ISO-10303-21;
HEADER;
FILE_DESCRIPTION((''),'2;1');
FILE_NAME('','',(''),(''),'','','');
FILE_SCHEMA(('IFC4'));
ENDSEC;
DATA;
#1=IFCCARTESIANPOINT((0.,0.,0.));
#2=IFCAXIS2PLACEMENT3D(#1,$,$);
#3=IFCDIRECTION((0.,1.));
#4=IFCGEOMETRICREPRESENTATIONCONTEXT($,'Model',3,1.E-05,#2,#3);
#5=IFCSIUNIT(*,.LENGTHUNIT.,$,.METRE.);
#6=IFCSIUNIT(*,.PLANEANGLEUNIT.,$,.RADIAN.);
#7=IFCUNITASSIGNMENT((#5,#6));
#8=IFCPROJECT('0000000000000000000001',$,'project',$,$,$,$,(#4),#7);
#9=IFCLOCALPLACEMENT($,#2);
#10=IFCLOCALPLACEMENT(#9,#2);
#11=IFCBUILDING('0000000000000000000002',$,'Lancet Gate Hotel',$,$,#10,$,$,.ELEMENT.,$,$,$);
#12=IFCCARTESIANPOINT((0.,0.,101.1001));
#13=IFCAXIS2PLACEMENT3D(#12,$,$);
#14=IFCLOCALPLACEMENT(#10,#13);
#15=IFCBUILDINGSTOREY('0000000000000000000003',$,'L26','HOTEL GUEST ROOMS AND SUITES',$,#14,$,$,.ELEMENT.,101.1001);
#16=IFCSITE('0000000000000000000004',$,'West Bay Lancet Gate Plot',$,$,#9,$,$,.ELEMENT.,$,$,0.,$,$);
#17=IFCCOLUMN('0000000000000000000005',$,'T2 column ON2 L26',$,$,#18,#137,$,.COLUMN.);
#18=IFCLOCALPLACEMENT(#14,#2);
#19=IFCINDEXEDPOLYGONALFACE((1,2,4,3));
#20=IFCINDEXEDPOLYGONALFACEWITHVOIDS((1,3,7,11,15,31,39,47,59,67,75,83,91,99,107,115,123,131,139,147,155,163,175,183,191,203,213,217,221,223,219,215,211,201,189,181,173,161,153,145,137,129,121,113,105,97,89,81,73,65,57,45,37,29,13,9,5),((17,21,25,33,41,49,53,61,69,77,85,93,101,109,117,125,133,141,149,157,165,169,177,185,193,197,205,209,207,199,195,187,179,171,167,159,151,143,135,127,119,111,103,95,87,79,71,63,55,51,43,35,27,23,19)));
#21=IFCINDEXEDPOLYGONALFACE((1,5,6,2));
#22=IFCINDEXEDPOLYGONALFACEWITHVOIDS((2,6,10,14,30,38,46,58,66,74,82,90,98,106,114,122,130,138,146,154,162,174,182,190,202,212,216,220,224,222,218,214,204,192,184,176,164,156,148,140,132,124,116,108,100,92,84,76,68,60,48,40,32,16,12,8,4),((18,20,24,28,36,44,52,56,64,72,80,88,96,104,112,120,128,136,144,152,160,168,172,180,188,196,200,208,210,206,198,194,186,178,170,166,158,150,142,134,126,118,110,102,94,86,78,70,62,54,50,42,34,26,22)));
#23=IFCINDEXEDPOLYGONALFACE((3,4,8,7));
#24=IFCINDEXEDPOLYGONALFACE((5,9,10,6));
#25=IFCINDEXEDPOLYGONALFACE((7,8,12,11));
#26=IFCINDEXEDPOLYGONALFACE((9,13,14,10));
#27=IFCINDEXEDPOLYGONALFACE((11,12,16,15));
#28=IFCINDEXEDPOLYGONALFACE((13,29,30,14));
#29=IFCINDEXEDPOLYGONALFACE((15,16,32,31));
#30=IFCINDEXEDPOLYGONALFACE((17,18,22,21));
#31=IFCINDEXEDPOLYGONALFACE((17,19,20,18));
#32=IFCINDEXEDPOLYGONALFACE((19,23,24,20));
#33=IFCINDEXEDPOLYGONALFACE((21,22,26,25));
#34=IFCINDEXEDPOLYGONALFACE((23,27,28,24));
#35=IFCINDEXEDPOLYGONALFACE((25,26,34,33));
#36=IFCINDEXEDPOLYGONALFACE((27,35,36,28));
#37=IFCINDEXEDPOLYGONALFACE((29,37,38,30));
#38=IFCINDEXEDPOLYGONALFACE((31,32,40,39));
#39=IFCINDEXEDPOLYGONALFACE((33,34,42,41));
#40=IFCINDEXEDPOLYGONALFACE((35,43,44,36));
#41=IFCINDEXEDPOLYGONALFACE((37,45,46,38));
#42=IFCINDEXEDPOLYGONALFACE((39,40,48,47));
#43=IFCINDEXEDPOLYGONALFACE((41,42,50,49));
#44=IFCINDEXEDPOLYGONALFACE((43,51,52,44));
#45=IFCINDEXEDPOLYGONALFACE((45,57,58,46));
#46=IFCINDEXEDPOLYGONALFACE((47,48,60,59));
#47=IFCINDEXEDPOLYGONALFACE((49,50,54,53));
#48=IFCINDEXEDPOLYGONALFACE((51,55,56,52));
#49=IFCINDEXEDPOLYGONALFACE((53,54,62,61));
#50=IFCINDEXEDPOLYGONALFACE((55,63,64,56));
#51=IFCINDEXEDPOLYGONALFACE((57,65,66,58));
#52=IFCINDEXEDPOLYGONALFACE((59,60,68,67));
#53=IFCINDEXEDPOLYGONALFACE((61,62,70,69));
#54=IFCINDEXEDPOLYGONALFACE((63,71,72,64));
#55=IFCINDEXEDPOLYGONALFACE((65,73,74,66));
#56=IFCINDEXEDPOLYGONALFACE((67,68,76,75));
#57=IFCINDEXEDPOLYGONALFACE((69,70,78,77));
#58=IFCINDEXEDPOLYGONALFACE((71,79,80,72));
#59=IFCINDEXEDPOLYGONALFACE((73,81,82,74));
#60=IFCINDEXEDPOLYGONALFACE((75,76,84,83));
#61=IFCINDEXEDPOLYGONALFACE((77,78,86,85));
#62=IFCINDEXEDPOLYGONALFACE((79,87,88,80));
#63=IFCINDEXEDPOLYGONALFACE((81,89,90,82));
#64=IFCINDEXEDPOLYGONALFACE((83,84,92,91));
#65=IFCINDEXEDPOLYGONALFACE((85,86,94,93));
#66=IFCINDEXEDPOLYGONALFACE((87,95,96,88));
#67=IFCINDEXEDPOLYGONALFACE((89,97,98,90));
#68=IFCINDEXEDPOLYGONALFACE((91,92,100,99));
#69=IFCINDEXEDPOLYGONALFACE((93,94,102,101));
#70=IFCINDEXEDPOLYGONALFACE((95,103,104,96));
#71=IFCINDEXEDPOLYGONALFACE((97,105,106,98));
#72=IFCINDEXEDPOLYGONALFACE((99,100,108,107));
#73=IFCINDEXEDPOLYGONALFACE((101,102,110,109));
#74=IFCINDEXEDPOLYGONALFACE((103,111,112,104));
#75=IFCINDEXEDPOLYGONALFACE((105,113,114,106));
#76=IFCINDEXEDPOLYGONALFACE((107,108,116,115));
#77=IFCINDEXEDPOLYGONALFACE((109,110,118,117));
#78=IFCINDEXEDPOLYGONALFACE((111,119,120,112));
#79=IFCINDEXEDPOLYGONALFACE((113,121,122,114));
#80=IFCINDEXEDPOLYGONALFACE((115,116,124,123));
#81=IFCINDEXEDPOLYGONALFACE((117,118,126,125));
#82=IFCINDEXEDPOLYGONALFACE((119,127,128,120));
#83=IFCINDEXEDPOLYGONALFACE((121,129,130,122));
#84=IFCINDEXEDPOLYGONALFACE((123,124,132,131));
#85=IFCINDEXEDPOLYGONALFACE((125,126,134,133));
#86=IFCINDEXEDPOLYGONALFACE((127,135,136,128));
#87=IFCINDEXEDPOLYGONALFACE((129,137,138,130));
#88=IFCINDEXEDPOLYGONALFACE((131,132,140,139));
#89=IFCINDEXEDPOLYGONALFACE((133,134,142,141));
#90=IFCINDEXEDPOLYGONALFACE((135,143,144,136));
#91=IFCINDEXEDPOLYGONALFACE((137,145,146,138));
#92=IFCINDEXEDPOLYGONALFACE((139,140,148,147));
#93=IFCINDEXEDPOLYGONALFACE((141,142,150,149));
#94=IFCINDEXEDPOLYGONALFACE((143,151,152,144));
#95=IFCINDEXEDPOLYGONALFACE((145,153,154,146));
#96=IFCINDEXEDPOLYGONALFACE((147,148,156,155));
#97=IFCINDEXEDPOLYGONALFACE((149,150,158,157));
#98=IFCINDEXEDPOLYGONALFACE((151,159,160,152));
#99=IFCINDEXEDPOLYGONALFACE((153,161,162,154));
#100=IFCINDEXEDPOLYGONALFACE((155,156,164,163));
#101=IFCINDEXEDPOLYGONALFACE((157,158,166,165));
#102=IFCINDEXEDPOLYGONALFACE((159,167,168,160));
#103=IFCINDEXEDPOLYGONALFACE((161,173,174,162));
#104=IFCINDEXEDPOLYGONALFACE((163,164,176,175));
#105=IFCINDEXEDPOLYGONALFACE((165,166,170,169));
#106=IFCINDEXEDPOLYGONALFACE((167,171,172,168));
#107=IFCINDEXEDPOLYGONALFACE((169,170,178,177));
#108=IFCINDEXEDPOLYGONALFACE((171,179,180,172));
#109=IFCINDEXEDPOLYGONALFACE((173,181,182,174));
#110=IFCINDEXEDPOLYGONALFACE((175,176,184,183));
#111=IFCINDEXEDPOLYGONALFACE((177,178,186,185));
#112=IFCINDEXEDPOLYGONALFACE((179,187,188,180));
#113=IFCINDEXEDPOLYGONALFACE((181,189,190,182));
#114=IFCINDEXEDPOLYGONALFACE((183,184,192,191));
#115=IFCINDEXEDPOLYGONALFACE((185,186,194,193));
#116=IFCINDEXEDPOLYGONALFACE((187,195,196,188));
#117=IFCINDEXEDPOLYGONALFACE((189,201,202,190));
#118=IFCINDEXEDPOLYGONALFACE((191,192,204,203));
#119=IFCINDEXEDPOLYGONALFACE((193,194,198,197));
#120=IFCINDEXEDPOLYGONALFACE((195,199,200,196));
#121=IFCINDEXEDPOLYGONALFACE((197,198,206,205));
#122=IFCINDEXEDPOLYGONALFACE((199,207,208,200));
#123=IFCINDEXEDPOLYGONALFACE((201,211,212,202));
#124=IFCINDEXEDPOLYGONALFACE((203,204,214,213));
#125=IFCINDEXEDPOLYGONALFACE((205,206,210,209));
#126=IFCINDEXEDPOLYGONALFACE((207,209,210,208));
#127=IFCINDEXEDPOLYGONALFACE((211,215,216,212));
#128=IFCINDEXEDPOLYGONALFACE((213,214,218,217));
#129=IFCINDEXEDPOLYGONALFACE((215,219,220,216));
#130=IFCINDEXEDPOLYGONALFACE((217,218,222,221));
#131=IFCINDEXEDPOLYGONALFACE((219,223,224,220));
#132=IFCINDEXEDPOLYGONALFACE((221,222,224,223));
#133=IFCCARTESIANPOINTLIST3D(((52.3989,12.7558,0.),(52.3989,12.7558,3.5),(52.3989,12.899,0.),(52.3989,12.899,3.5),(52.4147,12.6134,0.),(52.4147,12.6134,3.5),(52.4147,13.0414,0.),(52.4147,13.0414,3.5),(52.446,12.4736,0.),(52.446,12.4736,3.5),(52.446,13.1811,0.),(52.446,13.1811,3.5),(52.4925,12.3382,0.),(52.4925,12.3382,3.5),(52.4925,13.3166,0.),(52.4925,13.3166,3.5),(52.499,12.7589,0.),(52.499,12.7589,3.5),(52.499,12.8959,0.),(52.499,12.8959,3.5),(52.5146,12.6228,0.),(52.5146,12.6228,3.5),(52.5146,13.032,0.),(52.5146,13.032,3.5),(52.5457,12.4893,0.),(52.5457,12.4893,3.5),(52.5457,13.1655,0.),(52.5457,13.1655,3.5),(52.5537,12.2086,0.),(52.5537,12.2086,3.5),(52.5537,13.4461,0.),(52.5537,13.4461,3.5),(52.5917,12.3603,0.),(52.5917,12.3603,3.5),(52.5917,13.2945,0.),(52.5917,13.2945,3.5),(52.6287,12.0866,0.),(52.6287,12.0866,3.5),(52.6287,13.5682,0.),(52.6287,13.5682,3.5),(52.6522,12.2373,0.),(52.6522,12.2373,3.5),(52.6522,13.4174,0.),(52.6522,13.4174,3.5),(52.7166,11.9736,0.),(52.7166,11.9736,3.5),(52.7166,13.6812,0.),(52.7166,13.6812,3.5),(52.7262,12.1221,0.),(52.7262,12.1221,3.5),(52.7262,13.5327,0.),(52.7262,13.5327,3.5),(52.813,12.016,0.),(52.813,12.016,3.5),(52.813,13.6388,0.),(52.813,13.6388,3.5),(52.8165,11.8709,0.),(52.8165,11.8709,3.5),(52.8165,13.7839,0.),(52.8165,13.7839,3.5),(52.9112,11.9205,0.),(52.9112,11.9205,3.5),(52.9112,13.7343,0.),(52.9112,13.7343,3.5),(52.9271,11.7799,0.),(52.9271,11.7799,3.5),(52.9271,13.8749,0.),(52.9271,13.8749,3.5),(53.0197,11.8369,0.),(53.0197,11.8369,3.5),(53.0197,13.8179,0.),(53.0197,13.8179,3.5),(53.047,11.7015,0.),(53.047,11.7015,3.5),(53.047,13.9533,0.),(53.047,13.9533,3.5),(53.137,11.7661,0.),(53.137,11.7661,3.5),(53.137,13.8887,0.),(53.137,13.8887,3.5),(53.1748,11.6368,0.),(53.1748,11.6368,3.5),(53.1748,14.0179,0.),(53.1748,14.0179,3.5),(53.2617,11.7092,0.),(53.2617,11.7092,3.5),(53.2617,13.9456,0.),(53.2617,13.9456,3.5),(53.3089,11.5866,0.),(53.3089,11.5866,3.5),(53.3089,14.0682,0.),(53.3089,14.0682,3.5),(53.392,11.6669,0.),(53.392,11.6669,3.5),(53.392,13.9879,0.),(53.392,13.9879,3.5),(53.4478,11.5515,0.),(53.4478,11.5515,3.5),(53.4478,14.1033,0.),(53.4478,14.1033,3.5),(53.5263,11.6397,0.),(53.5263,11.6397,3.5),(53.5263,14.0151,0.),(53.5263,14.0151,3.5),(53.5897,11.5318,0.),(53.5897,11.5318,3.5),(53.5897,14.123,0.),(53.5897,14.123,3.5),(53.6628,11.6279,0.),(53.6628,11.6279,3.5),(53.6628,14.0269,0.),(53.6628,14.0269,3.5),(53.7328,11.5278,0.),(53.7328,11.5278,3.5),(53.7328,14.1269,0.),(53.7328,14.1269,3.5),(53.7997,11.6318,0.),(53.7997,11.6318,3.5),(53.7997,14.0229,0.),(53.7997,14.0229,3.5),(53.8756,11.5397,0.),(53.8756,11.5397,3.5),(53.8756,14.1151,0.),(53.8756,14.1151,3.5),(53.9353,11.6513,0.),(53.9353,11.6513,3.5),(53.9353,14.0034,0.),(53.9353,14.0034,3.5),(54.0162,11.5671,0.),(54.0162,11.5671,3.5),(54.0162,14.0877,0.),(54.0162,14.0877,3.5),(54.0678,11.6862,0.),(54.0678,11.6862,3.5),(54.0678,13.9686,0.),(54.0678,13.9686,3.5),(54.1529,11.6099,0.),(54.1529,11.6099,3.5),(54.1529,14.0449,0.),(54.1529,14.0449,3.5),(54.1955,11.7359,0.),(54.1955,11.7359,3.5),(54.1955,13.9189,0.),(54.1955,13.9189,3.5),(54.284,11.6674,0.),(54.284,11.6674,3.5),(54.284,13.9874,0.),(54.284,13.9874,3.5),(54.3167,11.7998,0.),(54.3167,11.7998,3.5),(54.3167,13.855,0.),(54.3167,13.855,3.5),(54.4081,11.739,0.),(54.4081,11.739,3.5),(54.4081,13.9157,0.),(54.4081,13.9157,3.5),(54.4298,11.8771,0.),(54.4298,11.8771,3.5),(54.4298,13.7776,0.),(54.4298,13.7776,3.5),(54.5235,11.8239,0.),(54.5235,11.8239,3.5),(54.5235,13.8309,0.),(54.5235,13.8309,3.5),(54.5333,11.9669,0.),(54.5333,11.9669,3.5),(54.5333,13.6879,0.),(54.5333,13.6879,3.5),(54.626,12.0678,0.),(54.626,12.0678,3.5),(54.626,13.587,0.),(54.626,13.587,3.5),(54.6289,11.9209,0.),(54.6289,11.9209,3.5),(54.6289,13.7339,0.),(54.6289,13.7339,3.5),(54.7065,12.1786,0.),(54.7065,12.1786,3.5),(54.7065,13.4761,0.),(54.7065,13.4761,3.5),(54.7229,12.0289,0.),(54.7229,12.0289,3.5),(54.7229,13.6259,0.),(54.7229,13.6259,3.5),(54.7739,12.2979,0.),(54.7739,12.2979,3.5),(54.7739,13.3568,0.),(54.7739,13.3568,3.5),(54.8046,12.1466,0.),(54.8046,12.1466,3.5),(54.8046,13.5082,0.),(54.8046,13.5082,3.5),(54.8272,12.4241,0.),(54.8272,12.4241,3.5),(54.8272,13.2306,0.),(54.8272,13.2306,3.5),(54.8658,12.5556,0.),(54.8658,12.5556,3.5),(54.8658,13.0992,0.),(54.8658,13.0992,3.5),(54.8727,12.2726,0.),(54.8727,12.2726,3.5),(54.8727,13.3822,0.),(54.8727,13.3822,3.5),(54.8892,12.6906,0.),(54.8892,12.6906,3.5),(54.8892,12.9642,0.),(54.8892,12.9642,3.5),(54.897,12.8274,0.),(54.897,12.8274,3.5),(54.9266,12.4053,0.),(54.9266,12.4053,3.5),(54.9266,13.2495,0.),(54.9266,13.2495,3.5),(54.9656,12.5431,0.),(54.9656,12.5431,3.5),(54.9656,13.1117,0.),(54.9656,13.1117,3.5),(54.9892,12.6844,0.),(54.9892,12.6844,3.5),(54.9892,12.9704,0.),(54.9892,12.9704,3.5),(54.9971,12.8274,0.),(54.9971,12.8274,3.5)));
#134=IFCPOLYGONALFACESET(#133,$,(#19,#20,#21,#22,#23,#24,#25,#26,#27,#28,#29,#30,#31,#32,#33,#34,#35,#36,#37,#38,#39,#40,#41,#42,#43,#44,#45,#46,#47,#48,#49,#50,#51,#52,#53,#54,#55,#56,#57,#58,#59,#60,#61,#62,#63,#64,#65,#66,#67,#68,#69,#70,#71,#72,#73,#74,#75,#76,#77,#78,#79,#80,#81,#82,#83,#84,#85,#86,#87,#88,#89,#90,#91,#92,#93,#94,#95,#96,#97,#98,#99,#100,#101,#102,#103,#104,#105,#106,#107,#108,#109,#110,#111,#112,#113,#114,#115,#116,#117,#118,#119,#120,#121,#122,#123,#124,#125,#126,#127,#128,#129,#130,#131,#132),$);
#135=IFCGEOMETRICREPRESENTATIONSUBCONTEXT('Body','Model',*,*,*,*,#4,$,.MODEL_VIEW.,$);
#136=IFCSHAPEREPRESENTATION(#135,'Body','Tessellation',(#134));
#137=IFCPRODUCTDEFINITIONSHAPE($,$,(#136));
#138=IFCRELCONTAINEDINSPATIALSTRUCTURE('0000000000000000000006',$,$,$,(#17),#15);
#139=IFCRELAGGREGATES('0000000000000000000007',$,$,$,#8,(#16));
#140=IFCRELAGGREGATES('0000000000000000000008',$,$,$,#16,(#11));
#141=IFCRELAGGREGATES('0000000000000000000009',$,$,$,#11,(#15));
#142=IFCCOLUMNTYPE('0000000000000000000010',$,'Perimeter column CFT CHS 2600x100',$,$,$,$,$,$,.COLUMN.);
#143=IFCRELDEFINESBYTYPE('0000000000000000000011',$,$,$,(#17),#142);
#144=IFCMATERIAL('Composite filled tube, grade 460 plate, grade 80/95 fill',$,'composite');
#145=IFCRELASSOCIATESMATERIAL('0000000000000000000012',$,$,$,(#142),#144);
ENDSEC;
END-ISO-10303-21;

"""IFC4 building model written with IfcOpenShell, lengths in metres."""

from ifc_helpers import new_model, si_unit, direction, frame, origin, origin_2d, place, context, subcontext, project, spatial, hollow_circle, extrude, material, material_profile, profile_set, type_object, element, save


model = new_model("IFC4")

# Units and contexts
model_context = context("Model", 3, precision=1e-05, world=origin(), true_north=direction((0.0, 1.0)))
body_context = subcontext(model_context, "Body", "Model", "MODEL_VIEW")
ifc_project = project(units=[si_unit("LENGTHUNIT", "METRE"), si_unit("PLANEANGLEUNIT", "RADIAN")], contexts=[model_context])

# Site, building, storey
site_placement = place(None, origin())
site = spatial("IfcSite", under=ifc_project, at=site_placement, Name="West Bay Lancet Gate Plot", CompositionType="ELEMENT", RefElevation=0.0)
building_placement = place(site_placement, origin())
building = spatial("IfcBuilding", under=site, at=building_placement, Name="Lancet Gate Hotel", CompositionType="ELEMENT")
storey_placement = place(building_placement, frame((0.0, 0.0, 101.1001)))
storey = spatial("IfcBuildingStorey", under=building, at=storey_placement, Name="L26", Description="HOTEL GUEST ROOMS AND SUITES", CompositionType="ELEMENT", Elevation=101.1001)

# Column
ifc_material_1 = material(Name="Composite filled tube, grade 460 plate, grade 80/95 fill", Category="composite")
ifc_material_profile_1 = material_profile(ifc_material_1, hollow_circle(Radius=1.3, WallThickness=0.1001, at=origin_2d()), Name="CHS 2600x100")
ifc_profile_set_1 = profile_set([ifc_material_profile_1], Name="Composite filled tube, grade 460 plate, grade 80/95 fill")
column_type = type_object("IfcColumnType", Name="Perimeter column CFT CHS 2600x100", PredefinedType="COLUMN", material=ifc_profile_set_1)
for number, where, z_axis, x_axis, name in (
    (1, (53.697, 12.8274, 0.0), (0.0, 0.0, 1.0), (1.0, 0.0, 0.0), "T2 column ON2 L26"),
):
    element("IfcColumn", number, at=place(storey_placement, frame(where, z_axis=z_axis, x_axis=x_axis)), inside=storey, type_object=column_type, Name=name, PredefinedType="COLUMN", context=body_context, shape_type="SweptSolid", body=[
        extrude(hollow_circle(Radius=1.3, WallThickness=0.1001, at=origin_2d()), origin(), (0.0, 0.0, 1.0), 3.5),
    ])

save(model, "model.ifc")
